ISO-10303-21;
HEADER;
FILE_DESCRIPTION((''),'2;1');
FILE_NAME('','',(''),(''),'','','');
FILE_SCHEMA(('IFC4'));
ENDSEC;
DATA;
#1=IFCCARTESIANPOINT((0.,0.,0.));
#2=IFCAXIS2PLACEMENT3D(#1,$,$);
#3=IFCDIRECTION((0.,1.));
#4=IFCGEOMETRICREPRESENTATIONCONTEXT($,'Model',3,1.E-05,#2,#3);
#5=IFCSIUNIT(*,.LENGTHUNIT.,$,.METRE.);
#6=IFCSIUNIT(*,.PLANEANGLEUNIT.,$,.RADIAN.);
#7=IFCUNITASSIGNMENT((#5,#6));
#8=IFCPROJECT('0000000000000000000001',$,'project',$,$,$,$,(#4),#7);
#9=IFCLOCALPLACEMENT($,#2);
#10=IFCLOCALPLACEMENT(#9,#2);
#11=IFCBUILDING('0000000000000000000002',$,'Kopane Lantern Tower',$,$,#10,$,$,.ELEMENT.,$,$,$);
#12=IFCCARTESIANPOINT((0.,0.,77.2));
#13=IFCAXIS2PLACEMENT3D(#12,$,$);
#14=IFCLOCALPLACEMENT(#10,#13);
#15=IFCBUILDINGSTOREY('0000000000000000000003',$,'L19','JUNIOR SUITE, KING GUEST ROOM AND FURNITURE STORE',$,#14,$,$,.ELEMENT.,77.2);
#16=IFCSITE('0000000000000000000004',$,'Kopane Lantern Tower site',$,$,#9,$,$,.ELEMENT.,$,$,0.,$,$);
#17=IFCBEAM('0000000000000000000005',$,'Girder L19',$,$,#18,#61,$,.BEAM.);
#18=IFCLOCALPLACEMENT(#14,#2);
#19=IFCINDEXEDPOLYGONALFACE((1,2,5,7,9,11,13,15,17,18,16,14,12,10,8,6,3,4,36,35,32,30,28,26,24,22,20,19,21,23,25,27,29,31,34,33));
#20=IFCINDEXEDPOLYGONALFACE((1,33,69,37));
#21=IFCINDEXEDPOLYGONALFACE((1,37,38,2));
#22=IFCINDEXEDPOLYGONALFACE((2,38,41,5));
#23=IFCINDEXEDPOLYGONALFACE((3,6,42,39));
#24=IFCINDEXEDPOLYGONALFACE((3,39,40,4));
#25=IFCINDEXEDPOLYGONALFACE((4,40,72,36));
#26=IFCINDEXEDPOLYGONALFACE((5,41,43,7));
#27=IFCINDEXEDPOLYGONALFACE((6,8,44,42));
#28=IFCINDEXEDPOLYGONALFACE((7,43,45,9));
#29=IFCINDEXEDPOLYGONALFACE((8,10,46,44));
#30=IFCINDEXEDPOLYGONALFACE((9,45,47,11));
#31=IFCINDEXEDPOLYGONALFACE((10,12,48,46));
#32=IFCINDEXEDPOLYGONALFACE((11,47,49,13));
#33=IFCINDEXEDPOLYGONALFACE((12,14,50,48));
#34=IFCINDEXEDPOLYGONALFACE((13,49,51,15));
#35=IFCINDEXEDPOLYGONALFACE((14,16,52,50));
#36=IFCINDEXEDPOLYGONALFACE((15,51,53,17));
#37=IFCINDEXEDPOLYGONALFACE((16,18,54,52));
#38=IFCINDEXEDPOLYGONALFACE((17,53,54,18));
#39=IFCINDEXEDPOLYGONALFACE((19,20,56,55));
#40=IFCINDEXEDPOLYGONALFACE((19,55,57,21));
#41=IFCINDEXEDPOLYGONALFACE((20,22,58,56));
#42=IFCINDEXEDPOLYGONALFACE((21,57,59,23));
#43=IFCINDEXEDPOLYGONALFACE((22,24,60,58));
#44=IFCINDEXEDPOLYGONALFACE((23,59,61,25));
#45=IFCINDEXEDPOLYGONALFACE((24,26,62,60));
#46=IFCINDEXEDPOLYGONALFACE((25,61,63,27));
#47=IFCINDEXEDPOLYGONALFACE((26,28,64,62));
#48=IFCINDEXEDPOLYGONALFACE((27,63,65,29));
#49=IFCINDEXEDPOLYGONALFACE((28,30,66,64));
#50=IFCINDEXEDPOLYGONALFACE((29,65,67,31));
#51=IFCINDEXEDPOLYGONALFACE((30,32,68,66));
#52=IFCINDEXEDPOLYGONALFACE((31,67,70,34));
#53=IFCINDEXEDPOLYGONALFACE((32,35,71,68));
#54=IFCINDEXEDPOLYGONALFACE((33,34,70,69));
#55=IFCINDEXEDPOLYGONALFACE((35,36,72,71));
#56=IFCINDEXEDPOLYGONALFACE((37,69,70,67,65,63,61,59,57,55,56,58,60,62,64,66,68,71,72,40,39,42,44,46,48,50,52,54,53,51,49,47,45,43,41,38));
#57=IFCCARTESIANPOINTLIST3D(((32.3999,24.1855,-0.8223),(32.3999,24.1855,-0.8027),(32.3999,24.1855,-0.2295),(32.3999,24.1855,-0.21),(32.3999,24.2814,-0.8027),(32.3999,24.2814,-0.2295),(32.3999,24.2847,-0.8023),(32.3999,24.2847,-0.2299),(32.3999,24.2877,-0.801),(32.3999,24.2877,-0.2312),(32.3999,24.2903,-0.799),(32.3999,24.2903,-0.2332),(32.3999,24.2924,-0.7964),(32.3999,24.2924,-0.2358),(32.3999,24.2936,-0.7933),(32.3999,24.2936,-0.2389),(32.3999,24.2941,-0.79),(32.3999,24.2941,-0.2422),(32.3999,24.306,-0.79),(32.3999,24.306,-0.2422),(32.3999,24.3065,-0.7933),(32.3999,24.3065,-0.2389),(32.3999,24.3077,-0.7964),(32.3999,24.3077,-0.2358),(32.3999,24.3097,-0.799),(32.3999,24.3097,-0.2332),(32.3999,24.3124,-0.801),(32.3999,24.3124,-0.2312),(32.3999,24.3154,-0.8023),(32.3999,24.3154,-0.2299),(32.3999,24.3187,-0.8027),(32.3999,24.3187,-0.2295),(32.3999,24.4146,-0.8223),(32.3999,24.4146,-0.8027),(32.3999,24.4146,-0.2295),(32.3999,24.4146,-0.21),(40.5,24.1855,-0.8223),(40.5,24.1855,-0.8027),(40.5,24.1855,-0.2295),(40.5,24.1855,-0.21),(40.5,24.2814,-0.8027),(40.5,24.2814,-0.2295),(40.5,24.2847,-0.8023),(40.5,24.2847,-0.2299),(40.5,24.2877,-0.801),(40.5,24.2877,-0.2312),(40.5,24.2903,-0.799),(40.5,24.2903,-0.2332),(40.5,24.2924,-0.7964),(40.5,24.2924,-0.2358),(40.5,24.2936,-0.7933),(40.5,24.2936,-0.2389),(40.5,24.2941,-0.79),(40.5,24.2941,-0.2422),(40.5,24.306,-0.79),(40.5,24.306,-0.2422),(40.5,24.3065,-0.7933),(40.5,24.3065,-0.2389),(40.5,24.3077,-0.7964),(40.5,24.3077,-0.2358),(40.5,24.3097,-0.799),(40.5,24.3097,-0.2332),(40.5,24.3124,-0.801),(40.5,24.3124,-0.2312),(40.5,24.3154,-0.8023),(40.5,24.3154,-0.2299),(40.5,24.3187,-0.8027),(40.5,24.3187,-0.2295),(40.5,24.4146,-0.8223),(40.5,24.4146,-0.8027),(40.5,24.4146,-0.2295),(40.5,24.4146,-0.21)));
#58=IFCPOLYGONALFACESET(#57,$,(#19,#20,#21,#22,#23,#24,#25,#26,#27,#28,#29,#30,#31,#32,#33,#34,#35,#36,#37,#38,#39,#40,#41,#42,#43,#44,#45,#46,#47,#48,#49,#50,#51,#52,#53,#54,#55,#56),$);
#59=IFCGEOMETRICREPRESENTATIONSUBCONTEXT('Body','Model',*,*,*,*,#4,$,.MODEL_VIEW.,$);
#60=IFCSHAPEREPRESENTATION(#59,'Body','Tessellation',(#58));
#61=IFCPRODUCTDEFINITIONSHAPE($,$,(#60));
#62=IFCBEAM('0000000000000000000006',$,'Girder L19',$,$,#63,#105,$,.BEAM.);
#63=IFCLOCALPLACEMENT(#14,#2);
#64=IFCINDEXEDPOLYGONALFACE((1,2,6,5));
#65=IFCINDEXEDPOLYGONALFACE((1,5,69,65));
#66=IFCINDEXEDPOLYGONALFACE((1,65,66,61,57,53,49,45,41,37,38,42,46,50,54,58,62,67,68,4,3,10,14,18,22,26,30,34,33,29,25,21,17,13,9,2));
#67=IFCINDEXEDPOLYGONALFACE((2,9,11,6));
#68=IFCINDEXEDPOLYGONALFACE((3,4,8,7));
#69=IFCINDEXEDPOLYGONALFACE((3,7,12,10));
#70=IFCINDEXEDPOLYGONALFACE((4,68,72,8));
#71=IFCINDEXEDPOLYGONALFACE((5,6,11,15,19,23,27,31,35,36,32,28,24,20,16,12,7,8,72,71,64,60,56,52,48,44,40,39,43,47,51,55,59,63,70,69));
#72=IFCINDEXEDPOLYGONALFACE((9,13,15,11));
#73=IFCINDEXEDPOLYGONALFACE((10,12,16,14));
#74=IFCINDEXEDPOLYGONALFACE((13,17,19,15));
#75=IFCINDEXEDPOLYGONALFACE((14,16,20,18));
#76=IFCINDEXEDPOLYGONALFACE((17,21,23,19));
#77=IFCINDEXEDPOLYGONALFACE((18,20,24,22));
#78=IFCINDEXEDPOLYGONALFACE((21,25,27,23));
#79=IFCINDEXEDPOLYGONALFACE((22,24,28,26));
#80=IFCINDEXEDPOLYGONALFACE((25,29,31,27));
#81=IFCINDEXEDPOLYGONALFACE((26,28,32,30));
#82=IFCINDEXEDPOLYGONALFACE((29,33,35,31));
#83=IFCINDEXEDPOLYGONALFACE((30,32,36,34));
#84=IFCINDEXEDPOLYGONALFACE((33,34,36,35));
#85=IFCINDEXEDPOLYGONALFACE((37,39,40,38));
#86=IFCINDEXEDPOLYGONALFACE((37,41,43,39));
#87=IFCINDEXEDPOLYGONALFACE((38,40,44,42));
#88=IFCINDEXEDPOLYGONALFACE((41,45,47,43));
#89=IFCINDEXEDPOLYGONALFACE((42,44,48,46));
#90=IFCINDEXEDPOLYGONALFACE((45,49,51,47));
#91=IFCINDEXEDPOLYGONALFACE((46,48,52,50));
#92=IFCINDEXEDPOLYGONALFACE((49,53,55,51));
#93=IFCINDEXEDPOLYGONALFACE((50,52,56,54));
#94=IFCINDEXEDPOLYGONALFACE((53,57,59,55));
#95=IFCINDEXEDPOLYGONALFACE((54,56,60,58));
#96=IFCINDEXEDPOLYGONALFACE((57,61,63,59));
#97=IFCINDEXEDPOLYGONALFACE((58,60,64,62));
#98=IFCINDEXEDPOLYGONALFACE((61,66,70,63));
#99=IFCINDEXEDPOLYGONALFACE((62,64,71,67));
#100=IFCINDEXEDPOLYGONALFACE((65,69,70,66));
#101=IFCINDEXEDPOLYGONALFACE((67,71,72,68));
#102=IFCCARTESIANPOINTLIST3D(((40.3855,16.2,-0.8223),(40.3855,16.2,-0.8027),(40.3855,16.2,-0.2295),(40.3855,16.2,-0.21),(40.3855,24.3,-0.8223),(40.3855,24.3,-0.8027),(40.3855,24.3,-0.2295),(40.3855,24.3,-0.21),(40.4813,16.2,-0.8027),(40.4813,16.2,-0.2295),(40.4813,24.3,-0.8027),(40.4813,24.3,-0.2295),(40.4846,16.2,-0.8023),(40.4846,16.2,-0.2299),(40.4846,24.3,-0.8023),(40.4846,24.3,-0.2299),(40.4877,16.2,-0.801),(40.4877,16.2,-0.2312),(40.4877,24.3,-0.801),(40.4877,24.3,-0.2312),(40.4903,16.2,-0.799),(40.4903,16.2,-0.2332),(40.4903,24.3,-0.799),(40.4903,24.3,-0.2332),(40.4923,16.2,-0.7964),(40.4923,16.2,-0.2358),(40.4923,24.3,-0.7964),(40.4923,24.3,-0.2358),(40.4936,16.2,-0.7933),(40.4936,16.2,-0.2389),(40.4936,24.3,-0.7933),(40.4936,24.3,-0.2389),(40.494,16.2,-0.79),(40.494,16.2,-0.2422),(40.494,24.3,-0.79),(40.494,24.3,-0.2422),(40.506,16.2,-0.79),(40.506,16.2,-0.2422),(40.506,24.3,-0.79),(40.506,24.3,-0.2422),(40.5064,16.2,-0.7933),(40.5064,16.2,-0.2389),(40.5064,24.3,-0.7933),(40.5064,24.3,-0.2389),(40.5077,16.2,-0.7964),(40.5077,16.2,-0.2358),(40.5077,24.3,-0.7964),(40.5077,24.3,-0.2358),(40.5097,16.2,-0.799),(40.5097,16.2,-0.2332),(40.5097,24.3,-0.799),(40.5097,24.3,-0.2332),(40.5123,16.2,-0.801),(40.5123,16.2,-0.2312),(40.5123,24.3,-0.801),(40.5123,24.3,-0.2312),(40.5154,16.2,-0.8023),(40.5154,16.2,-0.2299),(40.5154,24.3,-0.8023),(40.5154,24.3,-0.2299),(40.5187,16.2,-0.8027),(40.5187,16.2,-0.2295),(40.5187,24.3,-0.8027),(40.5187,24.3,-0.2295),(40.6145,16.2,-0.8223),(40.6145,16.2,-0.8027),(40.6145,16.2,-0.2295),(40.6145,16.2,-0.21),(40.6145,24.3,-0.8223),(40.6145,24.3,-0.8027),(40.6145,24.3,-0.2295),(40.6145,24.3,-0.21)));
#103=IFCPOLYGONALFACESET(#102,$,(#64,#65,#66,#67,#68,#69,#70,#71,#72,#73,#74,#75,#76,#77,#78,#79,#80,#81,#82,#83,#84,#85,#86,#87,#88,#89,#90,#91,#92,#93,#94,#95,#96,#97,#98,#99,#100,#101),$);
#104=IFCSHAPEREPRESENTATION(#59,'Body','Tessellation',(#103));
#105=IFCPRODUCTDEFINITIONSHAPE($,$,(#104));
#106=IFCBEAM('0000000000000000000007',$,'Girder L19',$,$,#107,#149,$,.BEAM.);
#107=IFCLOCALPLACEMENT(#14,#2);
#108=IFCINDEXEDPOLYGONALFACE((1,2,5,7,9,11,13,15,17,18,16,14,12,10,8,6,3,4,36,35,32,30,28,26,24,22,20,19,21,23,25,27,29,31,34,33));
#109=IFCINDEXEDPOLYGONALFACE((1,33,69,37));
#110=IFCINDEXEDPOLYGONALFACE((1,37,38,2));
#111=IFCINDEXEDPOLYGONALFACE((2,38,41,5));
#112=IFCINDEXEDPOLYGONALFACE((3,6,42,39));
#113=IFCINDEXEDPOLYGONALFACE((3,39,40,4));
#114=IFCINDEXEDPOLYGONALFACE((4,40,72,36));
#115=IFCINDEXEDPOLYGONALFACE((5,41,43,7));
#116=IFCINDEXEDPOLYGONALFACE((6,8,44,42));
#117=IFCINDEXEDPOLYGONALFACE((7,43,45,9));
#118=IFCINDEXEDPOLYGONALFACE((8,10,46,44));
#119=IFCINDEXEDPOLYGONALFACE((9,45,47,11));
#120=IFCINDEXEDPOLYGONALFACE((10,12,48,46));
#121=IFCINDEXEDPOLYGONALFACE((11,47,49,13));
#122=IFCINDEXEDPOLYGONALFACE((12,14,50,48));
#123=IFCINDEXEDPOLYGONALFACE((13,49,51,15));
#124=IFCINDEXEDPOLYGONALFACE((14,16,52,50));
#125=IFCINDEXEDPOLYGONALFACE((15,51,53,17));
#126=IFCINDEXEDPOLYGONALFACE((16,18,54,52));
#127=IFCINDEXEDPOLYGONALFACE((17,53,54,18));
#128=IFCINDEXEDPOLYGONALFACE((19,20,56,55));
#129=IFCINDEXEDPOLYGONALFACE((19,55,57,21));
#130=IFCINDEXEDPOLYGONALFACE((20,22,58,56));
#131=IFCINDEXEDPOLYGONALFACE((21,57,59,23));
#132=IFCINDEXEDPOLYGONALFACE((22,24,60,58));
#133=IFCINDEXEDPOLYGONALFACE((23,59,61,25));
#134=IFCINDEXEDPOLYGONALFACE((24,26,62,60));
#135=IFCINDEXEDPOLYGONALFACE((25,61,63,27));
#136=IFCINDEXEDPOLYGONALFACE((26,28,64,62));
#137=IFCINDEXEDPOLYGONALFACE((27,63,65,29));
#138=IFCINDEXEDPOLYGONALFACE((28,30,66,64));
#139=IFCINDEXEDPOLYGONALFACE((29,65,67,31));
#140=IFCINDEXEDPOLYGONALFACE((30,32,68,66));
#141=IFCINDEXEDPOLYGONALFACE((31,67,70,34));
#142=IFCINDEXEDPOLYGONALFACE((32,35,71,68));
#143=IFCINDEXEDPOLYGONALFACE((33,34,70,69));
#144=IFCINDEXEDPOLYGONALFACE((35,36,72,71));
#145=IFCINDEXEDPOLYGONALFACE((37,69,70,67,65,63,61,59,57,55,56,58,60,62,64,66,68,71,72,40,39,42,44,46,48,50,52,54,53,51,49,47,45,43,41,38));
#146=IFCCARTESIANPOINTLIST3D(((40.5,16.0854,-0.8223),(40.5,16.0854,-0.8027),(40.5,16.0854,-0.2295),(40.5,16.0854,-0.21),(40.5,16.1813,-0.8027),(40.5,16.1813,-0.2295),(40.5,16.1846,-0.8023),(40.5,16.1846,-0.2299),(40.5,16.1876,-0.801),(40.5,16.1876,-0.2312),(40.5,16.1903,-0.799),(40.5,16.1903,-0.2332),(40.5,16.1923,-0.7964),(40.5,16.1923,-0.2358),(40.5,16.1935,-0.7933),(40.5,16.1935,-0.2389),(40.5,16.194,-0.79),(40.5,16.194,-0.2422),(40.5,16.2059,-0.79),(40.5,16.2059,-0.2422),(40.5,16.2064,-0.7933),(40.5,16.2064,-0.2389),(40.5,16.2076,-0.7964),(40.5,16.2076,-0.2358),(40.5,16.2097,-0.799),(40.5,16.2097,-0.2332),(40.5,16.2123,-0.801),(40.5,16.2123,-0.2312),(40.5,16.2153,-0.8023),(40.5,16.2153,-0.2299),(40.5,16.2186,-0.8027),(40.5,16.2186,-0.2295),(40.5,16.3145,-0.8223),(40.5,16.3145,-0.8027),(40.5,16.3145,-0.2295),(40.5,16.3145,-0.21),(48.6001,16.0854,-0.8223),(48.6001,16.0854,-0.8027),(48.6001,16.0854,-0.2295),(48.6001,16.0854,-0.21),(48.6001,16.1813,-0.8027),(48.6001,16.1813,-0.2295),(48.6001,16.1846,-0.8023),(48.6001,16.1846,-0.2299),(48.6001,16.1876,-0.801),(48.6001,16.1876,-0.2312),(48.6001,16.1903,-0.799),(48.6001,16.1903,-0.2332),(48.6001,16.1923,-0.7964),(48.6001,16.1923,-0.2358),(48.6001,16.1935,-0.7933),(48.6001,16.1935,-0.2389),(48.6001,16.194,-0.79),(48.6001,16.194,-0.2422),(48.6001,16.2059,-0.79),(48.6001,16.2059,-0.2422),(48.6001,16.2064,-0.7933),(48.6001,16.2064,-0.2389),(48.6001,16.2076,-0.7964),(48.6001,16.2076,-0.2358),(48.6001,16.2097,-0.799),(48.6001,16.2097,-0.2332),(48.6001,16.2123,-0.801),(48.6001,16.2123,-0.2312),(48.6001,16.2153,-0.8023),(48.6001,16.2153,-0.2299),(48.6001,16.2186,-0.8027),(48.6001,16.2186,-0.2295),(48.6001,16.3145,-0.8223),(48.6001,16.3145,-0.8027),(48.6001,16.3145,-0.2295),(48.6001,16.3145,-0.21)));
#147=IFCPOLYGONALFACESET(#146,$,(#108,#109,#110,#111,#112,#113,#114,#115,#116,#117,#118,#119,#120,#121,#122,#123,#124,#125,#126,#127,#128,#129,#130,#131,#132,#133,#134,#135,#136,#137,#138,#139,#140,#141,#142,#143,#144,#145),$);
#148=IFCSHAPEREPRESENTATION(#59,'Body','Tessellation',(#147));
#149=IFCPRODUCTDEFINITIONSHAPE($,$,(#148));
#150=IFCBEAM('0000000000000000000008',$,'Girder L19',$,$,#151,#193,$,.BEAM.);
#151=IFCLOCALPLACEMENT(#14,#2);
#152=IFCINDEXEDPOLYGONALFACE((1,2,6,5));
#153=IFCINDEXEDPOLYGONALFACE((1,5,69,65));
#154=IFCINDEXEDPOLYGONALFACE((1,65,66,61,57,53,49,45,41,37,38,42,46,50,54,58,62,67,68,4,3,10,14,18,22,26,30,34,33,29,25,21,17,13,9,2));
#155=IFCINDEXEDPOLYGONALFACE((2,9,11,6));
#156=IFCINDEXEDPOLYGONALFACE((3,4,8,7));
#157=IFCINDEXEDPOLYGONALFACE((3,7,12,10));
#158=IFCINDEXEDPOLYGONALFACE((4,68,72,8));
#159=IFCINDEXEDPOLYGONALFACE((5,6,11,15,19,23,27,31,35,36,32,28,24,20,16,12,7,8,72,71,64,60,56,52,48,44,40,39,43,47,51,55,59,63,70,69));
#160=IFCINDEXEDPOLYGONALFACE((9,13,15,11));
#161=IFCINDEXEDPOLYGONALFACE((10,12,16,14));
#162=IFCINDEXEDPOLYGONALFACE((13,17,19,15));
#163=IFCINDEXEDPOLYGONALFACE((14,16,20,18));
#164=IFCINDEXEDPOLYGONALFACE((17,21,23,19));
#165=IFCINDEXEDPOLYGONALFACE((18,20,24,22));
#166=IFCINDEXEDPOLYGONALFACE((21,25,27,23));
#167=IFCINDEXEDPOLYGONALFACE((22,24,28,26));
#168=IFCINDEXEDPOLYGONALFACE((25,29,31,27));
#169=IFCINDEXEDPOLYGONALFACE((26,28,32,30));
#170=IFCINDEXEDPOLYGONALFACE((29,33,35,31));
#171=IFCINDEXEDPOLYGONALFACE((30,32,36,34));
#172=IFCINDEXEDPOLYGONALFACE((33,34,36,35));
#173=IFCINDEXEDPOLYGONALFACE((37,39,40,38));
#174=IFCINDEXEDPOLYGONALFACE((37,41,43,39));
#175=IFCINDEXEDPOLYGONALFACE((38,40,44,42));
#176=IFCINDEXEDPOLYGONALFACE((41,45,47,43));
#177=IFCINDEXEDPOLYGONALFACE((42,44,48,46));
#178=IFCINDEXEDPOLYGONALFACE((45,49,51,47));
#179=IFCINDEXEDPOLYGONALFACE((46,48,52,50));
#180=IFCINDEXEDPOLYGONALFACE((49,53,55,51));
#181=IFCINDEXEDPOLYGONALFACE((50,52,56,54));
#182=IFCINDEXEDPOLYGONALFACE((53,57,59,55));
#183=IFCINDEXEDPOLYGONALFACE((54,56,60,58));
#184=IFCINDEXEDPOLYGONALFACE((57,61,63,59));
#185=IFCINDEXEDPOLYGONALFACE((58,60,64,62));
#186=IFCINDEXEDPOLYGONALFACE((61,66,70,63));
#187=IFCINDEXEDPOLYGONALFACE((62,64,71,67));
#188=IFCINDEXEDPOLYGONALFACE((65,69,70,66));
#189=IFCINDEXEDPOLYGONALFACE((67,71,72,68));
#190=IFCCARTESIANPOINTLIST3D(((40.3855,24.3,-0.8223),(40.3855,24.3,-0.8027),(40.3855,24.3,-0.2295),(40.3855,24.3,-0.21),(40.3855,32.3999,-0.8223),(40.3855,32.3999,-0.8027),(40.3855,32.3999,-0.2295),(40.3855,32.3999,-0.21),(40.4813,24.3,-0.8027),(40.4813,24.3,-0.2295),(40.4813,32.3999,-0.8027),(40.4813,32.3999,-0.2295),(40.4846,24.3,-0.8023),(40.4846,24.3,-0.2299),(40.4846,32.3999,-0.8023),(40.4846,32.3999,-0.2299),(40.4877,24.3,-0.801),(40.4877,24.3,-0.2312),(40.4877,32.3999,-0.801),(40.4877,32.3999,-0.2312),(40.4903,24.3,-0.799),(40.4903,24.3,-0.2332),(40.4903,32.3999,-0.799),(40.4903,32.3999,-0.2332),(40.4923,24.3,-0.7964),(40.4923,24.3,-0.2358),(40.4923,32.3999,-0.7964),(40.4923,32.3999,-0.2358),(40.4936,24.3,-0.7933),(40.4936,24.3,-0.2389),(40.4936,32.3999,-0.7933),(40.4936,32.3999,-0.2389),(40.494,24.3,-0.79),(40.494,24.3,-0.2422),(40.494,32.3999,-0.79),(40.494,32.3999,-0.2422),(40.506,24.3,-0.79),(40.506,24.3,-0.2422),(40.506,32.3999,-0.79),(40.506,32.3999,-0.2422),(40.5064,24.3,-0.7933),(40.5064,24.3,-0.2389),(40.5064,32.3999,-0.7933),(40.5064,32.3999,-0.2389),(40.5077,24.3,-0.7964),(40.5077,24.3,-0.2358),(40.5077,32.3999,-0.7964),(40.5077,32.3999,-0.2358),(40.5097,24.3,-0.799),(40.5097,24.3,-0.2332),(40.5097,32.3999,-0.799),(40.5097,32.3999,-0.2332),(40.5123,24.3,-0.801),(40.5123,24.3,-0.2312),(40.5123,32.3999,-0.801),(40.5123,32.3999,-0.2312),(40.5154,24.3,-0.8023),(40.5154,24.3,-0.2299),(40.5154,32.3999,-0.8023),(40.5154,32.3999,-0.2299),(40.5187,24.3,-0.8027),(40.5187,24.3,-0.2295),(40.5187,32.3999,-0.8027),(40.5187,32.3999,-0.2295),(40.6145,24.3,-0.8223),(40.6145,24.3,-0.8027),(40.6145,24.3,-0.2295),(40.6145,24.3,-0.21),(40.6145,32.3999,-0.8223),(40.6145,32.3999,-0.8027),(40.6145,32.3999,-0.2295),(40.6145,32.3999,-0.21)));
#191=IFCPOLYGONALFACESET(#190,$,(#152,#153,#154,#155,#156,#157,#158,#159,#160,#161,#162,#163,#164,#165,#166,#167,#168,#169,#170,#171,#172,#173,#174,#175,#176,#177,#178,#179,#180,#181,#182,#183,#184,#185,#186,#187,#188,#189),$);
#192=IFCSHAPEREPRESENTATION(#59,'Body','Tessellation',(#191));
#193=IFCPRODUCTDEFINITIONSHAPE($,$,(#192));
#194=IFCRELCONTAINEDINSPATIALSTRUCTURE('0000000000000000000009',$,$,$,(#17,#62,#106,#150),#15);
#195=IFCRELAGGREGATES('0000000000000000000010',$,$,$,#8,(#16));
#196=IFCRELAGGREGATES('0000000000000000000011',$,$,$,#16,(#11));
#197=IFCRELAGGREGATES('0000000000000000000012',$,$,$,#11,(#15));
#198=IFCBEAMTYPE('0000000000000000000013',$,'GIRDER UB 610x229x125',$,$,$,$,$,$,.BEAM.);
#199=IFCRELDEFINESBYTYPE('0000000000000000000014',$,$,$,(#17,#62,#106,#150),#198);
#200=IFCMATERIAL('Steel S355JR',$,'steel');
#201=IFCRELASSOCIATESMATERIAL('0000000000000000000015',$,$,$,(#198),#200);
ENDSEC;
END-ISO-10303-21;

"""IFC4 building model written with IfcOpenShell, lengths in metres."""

from ifc_helpers import new_model, si_unit, direction, frame, origin, origin_2d, place, context, subcontext, project, spatial, i_section, extrude, material, material_profile, profile_set, type_object, element, save


model = new_model("IFC4")

# Units and contexts
model_context = context("Model", 3, precision=1e-05, world=origin(), true_north=direction((0.0, 1.0)))
body_context = subcontext(model_context, "Body", "Model", "MODEL_VIEW")
ifc_project = project(units=[si_unit("LENGTHUNIT", "METRE"), si_unit("PLANEANGLEUNIT", "RADIAN")], contexts=[model_context])

# Site, building, storey
site_placement = place(None, origin())
site = spatial("IfcSite", under=ifc_project, at=site_placement, Name="Kopane Lantern Tower site", CompositionType="ELEMENT", RefElevation=0.0)
building_placement = place(site_placement, origin())
building = spatial("IfcBuilding", under=site, at=building_placement, Name="Kopane Lantern Tower", CompositionType="ELEMENT")
storey_placement = place(building_placement, frame((0.0, 0.0, 77.2)))
storey = spatial("IfcBuildingStorey", under=building, at=storey_placement, Name="L19", Description="JUNIOR SUITE, KING GUEST ROOM AND FURNITURE STORE", CompositionType="ELEMENT", Elevation=77.2)

# Beams
ifc_material_1 = material(Name="Steel S355JR", Category="steel")
ifc_material_profile_1 = material_profile(ifc_material_1, i_section(OverallWidth=0.229, OverallDepth=0.6123, WebThickness=0.012, FlangeThickness=0.0195, FilletRadius=0.0127, at=origin_2d()), Name="UB 610x229x125")
ifc_profile_set_1 = profile_set([ifc_material_profile_1], Name="Steel S355JR")
beam_type_1 = type_object("IfcBeamType", Name="GIRDER UB 610x229x125", PredefinedType="BEAM", material=ifc_profile_set_1)
for number, where, z_axis, x_axis, name in (
    (1, (32.3999, 24.3, -0.5161), (1.0, 0.0, 0.0), (0.0, 1.0, 0.0), "Girder L19"),
    (2, (40.5, 16.2, -0.5161), (0.0, 1.0, 0.0), (-1.0, 0.0, 0.0), "Girder L19"),
    (3, (40.5, 16.2, -0.5161), (1.0, 0.0, 0.0), (0.0, 1.0, 0.0), "Girder L19"),
):
    element("IfcBeam", number, at=place(storey_placement, frame(where, z_axis=z_axis, x_axis=x_axis)), inside=storey, type_object=beam_type_1, Name=name, PredefinedType="BEAM", context=body_context, shape_type="SweptSolid", body=[
        extrude(i_section(OverallWidth=0.229, OverallDepth=0.6123, WebThickness=0.012, FlangeThickness=0.0195, FilletRadius=0.0127, at=origin_2d()), origin(), (0.0, 0.0, 1.0), 8.1001),
    ])
beam_1_placement = place(storey_placement, frame((40.5, 24.3, -0.5161), z_axis=(0.0, 1.0, 0.0), x_axis=(-1.0, 0.0, 0.0)))
element("IfcBeam", 4, at=beam_1_placement, inside=storey, type_object=beam_type_1, Name="Girder L19", PredefinedType="BEAM", context=body_context, shape_type="SweptSolid", body=[
    extrude(i_section(OverallWidth=0.229, OverallDepth=0.6123, WebThickness=0.012, FlangeThickness=0.0195, FilletRadius=0.0127, at=origin_2d()), origin(), (0.0, 0.0, 1.0), 8.0999),
])

save(model, "model.ifc")
